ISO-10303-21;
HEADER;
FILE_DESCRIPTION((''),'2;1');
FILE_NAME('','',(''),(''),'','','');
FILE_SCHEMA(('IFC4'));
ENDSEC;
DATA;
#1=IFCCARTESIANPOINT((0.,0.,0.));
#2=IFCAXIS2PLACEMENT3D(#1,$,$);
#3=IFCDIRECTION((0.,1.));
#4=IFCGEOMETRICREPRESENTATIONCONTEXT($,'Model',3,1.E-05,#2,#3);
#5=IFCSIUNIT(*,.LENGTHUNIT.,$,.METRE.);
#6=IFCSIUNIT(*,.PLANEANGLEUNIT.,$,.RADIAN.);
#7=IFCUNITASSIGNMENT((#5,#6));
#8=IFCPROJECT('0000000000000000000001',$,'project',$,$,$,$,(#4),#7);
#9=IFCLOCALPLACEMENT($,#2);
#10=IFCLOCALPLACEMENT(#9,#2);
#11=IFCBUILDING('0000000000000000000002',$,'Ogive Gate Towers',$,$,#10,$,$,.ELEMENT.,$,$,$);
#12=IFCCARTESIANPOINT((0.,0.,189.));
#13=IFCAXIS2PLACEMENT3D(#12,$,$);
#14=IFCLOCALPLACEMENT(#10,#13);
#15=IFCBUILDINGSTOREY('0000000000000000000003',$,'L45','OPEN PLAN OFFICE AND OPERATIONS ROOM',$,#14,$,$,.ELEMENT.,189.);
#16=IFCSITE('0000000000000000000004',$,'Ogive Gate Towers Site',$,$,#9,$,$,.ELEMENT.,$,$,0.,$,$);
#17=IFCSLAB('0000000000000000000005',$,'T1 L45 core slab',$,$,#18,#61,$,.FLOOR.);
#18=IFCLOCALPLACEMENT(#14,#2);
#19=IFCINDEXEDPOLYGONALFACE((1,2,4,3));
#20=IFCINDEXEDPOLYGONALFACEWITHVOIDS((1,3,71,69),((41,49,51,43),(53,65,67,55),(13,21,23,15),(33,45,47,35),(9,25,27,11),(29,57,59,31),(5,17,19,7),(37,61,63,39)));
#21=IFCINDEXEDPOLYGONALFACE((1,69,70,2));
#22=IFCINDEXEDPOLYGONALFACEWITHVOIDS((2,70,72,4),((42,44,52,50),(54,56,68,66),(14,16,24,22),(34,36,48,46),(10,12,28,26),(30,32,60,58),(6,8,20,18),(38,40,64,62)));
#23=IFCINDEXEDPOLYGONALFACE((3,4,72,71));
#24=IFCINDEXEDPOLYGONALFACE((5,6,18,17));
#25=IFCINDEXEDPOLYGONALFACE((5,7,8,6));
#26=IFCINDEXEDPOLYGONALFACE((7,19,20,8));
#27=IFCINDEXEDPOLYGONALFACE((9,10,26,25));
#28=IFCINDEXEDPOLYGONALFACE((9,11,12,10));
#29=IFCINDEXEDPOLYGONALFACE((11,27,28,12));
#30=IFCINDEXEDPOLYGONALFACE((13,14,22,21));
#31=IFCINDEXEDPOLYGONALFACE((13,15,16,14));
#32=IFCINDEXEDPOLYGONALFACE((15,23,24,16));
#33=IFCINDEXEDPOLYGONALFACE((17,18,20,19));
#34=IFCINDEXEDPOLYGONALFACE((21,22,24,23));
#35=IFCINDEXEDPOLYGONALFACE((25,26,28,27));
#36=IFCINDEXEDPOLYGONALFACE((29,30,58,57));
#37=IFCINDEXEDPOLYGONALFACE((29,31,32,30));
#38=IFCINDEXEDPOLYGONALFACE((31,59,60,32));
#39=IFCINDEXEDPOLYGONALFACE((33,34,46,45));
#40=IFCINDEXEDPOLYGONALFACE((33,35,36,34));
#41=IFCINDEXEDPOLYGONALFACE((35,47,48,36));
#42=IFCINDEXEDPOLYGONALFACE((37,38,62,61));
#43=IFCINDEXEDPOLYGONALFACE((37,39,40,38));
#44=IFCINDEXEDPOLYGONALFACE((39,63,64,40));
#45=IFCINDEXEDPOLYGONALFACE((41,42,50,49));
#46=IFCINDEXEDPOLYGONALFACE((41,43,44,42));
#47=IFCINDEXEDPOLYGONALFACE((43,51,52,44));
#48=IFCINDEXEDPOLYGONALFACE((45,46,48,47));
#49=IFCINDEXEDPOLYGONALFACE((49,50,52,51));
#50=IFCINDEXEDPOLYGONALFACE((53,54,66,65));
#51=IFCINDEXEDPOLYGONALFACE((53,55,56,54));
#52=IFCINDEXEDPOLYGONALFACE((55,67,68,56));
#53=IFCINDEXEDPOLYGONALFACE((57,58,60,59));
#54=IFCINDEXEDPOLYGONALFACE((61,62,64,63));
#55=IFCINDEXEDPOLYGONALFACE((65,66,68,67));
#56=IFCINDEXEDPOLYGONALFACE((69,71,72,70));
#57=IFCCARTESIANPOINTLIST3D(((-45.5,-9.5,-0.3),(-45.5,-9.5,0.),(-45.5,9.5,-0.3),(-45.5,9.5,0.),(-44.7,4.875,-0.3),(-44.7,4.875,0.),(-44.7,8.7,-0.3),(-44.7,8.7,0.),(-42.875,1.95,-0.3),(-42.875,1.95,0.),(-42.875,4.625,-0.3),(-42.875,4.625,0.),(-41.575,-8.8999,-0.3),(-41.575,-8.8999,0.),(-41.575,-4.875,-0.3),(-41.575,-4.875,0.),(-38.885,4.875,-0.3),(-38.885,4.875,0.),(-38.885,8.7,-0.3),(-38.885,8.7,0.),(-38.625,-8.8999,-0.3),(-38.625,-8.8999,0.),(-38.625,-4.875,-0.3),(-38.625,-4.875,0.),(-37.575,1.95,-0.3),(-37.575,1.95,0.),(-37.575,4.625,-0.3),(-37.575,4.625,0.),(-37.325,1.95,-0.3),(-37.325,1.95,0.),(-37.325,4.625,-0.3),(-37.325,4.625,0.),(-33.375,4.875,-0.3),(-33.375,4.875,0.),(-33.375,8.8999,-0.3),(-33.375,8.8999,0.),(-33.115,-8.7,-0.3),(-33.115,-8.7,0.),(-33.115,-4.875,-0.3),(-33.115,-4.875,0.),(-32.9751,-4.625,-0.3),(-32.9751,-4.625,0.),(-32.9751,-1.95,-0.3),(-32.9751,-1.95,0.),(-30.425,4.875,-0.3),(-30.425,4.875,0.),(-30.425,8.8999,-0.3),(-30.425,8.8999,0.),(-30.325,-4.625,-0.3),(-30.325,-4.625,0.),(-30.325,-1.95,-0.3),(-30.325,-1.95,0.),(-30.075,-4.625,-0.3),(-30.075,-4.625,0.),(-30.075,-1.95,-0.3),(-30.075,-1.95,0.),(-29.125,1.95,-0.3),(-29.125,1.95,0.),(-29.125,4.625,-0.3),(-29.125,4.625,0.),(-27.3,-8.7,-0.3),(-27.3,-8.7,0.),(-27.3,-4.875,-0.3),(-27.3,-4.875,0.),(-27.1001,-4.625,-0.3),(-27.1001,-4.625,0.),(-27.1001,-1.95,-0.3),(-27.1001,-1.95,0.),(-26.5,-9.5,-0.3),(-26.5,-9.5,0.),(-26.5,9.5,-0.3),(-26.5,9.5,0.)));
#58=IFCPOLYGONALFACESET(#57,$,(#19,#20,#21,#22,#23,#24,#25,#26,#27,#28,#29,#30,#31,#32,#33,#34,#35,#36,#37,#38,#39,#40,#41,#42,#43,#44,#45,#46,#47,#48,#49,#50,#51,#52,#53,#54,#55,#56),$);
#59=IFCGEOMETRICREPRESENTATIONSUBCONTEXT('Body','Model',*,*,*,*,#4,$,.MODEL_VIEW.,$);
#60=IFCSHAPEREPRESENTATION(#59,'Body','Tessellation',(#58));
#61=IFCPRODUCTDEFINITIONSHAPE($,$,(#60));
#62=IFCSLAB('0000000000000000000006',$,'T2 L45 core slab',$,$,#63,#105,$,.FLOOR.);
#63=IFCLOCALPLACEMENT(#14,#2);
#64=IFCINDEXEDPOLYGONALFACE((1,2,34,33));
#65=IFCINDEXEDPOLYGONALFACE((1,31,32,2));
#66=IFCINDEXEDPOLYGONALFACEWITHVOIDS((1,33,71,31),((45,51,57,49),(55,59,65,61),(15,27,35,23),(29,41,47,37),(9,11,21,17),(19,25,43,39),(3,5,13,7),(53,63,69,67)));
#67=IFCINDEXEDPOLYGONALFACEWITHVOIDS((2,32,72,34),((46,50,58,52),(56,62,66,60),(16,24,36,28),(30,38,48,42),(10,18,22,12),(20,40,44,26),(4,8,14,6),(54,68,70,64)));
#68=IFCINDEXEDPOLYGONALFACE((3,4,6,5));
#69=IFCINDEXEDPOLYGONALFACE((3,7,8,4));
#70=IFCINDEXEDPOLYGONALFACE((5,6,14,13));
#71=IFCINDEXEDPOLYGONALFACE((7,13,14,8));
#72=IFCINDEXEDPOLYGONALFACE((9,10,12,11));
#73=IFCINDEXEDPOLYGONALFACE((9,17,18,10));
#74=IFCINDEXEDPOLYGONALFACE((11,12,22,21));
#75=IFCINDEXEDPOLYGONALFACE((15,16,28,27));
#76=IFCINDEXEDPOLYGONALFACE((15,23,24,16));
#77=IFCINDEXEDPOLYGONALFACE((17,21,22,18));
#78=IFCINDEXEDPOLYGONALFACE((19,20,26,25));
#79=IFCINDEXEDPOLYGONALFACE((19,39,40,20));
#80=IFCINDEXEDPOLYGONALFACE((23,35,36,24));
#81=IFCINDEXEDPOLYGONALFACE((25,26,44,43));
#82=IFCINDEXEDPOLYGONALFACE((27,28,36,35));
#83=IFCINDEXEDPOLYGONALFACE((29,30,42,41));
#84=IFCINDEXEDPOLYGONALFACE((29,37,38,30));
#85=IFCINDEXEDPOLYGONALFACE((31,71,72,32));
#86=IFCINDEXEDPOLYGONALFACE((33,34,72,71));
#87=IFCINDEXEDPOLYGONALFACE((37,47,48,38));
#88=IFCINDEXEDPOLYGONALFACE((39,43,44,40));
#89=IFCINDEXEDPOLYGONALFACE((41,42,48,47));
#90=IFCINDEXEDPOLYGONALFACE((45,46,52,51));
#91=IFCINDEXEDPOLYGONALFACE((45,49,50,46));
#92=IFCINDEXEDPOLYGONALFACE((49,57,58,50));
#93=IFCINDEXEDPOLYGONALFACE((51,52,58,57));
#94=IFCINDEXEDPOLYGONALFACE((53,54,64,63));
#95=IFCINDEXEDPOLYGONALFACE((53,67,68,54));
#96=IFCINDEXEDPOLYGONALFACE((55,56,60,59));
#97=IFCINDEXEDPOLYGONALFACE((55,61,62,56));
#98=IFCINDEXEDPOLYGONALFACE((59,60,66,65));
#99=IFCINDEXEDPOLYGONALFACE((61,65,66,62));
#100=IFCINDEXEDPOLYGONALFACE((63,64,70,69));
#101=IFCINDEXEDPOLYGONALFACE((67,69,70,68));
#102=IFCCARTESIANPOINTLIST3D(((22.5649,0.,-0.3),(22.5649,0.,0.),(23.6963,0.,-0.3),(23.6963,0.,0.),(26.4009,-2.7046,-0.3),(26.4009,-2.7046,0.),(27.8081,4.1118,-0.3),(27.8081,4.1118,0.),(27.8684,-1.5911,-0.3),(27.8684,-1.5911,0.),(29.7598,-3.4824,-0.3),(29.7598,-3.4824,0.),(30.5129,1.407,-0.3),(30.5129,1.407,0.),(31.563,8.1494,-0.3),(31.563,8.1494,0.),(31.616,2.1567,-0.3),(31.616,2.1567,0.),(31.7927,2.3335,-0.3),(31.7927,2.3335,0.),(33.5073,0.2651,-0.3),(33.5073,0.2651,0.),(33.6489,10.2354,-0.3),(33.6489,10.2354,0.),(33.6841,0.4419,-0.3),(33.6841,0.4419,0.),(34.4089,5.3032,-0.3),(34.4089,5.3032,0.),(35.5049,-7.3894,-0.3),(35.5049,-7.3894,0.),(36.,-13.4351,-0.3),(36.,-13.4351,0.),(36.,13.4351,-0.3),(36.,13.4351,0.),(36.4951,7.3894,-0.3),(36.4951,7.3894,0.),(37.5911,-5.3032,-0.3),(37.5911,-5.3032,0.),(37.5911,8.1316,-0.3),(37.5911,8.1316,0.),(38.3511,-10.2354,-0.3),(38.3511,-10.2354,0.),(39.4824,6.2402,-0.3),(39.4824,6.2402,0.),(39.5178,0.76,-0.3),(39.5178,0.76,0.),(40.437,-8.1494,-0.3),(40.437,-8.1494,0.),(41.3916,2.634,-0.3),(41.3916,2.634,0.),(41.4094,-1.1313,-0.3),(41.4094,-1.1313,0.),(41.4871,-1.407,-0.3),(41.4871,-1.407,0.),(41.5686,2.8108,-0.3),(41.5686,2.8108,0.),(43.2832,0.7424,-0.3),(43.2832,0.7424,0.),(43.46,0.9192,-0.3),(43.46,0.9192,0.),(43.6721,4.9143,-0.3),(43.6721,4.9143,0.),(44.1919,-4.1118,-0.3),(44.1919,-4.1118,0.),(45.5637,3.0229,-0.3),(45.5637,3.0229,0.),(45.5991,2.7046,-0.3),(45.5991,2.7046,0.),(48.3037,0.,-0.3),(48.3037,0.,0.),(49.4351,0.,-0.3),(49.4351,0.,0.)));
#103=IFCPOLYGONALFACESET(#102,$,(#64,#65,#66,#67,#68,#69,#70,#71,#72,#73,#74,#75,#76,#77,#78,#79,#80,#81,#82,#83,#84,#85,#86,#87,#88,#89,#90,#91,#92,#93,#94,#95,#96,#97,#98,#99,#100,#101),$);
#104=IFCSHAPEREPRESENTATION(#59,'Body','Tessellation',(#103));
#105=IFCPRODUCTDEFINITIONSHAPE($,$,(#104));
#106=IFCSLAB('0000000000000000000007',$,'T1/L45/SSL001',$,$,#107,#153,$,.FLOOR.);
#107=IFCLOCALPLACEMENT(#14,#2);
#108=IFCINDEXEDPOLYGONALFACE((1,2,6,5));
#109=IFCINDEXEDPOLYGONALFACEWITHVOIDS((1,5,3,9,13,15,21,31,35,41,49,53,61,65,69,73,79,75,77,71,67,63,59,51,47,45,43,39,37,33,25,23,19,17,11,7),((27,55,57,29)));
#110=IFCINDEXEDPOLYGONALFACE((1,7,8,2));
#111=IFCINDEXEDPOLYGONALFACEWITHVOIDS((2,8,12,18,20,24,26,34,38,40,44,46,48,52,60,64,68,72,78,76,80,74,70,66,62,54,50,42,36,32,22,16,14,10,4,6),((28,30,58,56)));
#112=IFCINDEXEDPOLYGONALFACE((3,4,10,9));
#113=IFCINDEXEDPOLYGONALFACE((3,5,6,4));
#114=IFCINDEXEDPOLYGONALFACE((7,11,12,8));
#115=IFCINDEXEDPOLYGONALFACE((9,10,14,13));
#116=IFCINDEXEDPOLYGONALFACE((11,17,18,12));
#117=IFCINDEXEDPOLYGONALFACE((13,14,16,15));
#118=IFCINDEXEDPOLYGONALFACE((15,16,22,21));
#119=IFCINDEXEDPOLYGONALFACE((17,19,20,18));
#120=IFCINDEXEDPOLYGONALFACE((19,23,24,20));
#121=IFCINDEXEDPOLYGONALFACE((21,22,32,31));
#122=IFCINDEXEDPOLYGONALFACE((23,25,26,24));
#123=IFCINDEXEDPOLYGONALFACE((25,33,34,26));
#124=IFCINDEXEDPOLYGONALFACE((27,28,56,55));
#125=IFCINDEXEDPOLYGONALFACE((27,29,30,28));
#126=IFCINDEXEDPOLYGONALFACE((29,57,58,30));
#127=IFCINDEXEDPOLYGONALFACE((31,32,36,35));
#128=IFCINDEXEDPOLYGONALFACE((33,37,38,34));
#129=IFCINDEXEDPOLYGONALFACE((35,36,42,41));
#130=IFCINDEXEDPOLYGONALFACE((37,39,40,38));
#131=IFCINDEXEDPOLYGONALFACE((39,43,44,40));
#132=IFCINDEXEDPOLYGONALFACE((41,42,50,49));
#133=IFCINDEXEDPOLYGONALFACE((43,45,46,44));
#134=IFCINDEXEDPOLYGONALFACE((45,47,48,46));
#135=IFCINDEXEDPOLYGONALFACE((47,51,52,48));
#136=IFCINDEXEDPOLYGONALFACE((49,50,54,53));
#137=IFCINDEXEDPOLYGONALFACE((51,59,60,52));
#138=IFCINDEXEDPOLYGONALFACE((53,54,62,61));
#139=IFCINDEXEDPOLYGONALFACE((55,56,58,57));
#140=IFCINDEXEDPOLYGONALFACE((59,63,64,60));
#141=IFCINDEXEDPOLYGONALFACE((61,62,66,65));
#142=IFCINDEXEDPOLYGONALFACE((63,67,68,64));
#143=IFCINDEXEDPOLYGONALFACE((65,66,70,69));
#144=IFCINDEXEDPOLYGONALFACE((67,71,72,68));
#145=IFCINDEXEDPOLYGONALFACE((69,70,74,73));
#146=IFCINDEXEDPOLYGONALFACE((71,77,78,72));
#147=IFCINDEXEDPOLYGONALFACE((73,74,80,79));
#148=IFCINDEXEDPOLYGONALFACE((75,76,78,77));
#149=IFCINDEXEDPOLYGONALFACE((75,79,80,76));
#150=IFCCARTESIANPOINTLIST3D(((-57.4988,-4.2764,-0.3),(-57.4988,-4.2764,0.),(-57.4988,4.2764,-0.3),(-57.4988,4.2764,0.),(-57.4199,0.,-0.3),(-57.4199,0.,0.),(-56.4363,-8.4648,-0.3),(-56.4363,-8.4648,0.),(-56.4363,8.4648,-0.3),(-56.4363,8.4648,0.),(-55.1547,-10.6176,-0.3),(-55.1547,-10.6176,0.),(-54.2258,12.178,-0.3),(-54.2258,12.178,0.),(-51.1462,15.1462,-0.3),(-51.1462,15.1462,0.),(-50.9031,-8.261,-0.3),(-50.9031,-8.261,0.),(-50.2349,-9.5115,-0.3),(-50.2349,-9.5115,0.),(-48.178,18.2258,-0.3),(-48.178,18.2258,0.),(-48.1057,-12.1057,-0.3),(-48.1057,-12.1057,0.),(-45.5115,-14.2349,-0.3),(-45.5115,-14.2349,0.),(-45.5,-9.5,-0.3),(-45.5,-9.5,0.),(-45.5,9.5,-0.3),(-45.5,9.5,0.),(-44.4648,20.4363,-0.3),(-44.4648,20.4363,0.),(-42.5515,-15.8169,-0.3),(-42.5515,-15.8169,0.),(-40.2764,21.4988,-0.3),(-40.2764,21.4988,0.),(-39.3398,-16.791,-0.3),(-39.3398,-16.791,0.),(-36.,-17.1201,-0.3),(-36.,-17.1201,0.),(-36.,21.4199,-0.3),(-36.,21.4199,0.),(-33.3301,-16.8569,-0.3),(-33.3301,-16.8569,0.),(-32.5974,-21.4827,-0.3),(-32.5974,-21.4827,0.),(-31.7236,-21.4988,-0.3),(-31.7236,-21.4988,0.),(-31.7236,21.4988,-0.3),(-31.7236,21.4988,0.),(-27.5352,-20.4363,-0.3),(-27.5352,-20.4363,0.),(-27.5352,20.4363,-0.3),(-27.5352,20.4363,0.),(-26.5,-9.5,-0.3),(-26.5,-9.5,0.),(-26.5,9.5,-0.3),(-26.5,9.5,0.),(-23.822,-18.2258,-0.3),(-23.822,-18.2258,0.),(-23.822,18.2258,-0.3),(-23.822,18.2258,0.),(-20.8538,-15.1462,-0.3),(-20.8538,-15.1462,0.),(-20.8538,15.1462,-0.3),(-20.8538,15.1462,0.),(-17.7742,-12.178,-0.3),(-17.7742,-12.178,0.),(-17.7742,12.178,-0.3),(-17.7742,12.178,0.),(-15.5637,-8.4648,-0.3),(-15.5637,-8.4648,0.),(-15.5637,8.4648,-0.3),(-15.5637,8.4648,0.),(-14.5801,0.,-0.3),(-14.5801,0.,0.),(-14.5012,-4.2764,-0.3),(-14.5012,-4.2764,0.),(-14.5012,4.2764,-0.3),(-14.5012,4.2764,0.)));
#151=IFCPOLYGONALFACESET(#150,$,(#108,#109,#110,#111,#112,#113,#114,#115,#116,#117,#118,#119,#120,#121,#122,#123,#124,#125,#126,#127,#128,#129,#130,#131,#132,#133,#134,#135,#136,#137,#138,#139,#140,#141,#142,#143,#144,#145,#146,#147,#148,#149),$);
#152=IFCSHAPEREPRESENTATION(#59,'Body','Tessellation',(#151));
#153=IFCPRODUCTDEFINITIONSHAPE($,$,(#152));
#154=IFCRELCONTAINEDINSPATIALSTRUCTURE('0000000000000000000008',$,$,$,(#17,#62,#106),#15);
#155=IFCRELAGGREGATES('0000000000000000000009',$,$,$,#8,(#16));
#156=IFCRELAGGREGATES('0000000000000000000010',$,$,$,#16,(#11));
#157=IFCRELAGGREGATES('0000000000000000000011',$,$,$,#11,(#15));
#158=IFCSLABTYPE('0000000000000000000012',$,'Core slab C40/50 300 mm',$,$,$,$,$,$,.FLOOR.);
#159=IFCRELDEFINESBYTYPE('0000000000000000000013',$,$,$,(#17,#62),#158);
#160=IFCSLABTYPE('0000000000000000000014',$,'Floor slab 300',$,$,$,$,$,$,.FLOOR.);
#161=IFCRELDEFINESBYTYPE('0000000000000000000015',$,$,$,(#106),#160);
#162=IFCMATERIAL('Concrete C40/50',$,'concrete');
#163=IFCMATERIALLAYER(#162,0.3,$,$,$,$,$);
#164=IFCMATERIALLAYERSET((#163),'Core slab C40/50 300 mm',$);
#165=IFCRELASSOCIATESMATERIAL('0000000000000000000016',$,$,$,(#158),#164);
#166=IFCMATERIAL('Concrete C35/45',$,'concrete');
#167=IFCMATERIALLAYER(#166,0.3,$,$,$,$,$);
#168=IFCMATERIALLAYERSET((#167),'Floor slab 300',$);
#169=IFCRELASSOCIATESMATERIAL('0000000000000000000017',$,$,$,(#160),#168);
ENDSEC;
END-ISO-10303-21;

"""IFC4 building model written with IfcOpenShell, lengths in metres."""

from ifc_helpers import new_model, si_unit, direction, frame, origin, place, context, subcontext, project, spatial, polyline, outline, extrude, material, layer, layer_set, type_object, element, save


model = new_model("IFC4")

# Units and contexts
model_context = context("Model", 3, precision=1e-05, world=origin(), true_north=direction((0.0, 1.0)))
body_context = subcontext(model_context, "Body", "Model", "MODEL_VIEW")
ifc_project = project(units=[si_unit("LENGTHUNIT", "METRE"), si_unit("PLANEANGLEUNIT", "RADIAN")], contexts=[model_context])

# Site, building, storey
site_placement = place(None, origin())
site = spatial("IfcSite", under=ifc_project, at=site_placement, Name="Ogive Gate Towers Site", CompositionType="ELEMENT", RefElevation=0.0)
building_placement = place(site_placement, origin())
building = spatial("IfcBuilding", under=site, at=building_placement, Name="Ogive Gate Towers", CompositionType="ELEMENT")
storey_placement = place(building_placement, frame((0.0, 0.0, 189.0)))
storey = spatial("IfcBuildingStorey", under=building, at=storey_placement, Name="L45", Description="OPEN PLAN OFFICE AND OPERATIONS ROOM", CompositionType="ELEMENT", Elevation=189.0)

# Slabs
ifc_material_1 = material(Name="Concrete C40/50", Category="concrete")
ifc_layer_1 = layer(ifc_material_1, 0.3)
ifc_layer_set_1 = layer_set([ifc_layer_1], Name="Core slab C40/50 300 mm")
slab_type_1 = type_object("IfcSlabType", Name="Core slab C40/50 300 mm", PredefinedType="FLOOR", material=ifc_layer_set_1)
slab_1_placement = place(storey_placement, frame((0.0, 0.0, -0.3)))
element("IfcSlab", 1, at=slab_1_placement, inside=storey, type_object=slab_type_1, Name="T1 L45 core slab", PredefinedType="FLOOR", context=body_context, shape_type="SweptSolid", body=[
    extrude(outline(polyline([(-45.5, -9.5), (-45.5, 9.5), (-26.5, 9.5), (-26.5, -9.5), (-45.5, -9.5)]), holes=[polyline([(-42.875, 1.95), (-37.575, 1.95), (-37.575, 4.625), (-42.875, 4.625), (-42.875, 1.95)]), polyline([(-37.325, 4.625), (-37.325, 1.95), (-29.125, 1.95), (-29.125, 4.625), (-37.325, 4.625)]), polyline([(-30.325, -1.95), (-32.9751, -1.95), (-32.9751, -4.625), (-30.325, -4.625), (-30.325, -1.95)]), polyline([(-27.1001, -4.625), (-27.1001, -1.95), (-30.075, -1.95), (-30.075, -4.625), (-27.1001, -4.625)]), polyline([(-33.375, 4.875), (-30.425, 4.875), (-30.425, 8.8999), (-33.375, 8.8999), (-33.375, 4.875)]), polyline([(-41.575, -4.875), (-41.575, -8.8999), (-38.625, -8.8999), (-38.625, -4.875), (-41.575, -4.875)]), polyline([(-44.7, 4.875), (-38.885, 4.875), (-38.885, 8.7), (-44.7, 8.7), (-44.7, 4.875)]), polyline([(-27.3, -8.7), (-27.3, -4.875), (-33.115, -4.875), (-33.115, -8.7), (-27.3, -8.7)])]), origin(), (0.0, 0.0, 1.0), 0.3),
])
slab_2_placement = place(storey_placement, frame((0.0, 0.0, -0.3)))
element("IfcSlab", 2, at=slab_2_placement, inside=storey, type_object=slab_type_1, Name="T2 L45 core slab", PredefinedType="FLOOR", context=body_context, shape_type="SweptSolid", body=[
    extrude(outline(polyline([(36.0, -13.4351), (22.5649, 0.0), (36.0, 13.4351), (49.4351, 0.0), (36.0, -13.4351)]), holes=[polyline([(29.7598, -3.4824), (33.5073, 0.2651), (31.616, 2.1567), (27.8684, -1.5911), (29.7598, -3.4824)]), polyline([(31.7927, 2.3335), (33.6841, 0.4419), (39.4824, 6.2402), (37.5911, 8.1316), (31.7927, 2.3335)]), polyline([(41.3916, 2.634), (39.5178, 0.76), (41.4094, -1.1313), (43.2832, 0.7424), (41.3916, 2.634)]), polyline([(45.5637, 3.0229), (43.6721, 4.9143), (41.5686, 2.8108), (43.46, 0.9192), (45.5637, 3.0229)]), polyline([(34.4089, 5.3032), (36.4951, 7.3894), (33.6489, 10.2354), (31.563, 8.1494), (34.4089, 5.3032)]), polyline([(35.5049, -7.3894), (38.3511, -10.2354), (40.437, -8.1494), (37.5911, -5.3032), (35.5049, -7.3894)]), polyline([(26.4009, -2.7046), (30.5129, 1.407), (27.8081, 4.1118), (23.6963, 0.0), (26.4009, -2.7046)]), polyline([(48.3037, 0.0), (45.5991, 2.7046), (41.4871, -1.407), (44.1919, -4.1118), (48.3037, 0.0)])]), origin(), (0.0, 0.0, 1.0), 0.3),
])
ifc_material_2 = material(Name="Concrete C35/45", Category="concrete")
ifc_layer_2 = layer(ifc_material_2, 0.3)
ifc_layer_set_2 = layer_set([ifc_layer_2], Name="Floor slab 300")
slab_type_2 = type_object("IfcSlabType", Name="Floor slab 300", PredefinedType="FLOOR", material=ifc_layer_set_2)
slab_3_placement = place(storey_placement, frame((0.0, 0.0, -0.3)))
element("IfcSlab", 3, at=slab_3_placement, inside=storey, type_object=slab_type_2, Name="T1/L45/SSL001", PredefinedType="FLOOR", context=body_context, shape_type="SweptSolid", body=[
    extrude(outline(polyline([(-57.4988, -4.2764), (-56.4363, -8.4648), (-54.2258, -12.178), (-55.1548, -10.6177), (-50.9031, -8.261), (-50.2349, -9.5115), (-48.1057, -12.1057), (-45.5115, -14.2349), (-42.5515, -15.8169), (-39.3398, -16.791), (-36.0, -17.1201), (-33.3301, -16.8569), (-32.5974, -21.4827), (-36.0, -21.4199), (-31.7236, -21.4988), (-27.5352, -20.4363), (-23.822, -18.2258), (-20.8538, -15.1462), (-17.7742, -12.178), (-15.5637, -8.4648), (-14.5012, -4.2764), (-14.5801, 0.0), (-14.5012, 4.2764), (-15.5637, 8.4648), (-17.7742, 12.178), (-20.8538, 15.1462), (-23.822, 18.2258), (-27.5352, 20.4363), (-31.7236, 21.4988), (-36.0, 21.4199), (-40.2764, 21.4988), (-44.4648, 20.4363), (-48.178, 18.2258), (-51.1462, 15.1462), (-54.2258, 12.178), (-56.4363, 8.4648), (-57.4988, 4.2764), (-57.4199, 0.0), (-57.4988, -4.2764)]), holes=[polyline([(-26.5, -9.5), (-45.5, -9.5), (-45.5, 9.5), (-26.5, 9.5), (-26.5, -9.5)])]), origin(), (0.0, 0.0, 1.0), 0.3),
])

save(model, "model.ifc")
